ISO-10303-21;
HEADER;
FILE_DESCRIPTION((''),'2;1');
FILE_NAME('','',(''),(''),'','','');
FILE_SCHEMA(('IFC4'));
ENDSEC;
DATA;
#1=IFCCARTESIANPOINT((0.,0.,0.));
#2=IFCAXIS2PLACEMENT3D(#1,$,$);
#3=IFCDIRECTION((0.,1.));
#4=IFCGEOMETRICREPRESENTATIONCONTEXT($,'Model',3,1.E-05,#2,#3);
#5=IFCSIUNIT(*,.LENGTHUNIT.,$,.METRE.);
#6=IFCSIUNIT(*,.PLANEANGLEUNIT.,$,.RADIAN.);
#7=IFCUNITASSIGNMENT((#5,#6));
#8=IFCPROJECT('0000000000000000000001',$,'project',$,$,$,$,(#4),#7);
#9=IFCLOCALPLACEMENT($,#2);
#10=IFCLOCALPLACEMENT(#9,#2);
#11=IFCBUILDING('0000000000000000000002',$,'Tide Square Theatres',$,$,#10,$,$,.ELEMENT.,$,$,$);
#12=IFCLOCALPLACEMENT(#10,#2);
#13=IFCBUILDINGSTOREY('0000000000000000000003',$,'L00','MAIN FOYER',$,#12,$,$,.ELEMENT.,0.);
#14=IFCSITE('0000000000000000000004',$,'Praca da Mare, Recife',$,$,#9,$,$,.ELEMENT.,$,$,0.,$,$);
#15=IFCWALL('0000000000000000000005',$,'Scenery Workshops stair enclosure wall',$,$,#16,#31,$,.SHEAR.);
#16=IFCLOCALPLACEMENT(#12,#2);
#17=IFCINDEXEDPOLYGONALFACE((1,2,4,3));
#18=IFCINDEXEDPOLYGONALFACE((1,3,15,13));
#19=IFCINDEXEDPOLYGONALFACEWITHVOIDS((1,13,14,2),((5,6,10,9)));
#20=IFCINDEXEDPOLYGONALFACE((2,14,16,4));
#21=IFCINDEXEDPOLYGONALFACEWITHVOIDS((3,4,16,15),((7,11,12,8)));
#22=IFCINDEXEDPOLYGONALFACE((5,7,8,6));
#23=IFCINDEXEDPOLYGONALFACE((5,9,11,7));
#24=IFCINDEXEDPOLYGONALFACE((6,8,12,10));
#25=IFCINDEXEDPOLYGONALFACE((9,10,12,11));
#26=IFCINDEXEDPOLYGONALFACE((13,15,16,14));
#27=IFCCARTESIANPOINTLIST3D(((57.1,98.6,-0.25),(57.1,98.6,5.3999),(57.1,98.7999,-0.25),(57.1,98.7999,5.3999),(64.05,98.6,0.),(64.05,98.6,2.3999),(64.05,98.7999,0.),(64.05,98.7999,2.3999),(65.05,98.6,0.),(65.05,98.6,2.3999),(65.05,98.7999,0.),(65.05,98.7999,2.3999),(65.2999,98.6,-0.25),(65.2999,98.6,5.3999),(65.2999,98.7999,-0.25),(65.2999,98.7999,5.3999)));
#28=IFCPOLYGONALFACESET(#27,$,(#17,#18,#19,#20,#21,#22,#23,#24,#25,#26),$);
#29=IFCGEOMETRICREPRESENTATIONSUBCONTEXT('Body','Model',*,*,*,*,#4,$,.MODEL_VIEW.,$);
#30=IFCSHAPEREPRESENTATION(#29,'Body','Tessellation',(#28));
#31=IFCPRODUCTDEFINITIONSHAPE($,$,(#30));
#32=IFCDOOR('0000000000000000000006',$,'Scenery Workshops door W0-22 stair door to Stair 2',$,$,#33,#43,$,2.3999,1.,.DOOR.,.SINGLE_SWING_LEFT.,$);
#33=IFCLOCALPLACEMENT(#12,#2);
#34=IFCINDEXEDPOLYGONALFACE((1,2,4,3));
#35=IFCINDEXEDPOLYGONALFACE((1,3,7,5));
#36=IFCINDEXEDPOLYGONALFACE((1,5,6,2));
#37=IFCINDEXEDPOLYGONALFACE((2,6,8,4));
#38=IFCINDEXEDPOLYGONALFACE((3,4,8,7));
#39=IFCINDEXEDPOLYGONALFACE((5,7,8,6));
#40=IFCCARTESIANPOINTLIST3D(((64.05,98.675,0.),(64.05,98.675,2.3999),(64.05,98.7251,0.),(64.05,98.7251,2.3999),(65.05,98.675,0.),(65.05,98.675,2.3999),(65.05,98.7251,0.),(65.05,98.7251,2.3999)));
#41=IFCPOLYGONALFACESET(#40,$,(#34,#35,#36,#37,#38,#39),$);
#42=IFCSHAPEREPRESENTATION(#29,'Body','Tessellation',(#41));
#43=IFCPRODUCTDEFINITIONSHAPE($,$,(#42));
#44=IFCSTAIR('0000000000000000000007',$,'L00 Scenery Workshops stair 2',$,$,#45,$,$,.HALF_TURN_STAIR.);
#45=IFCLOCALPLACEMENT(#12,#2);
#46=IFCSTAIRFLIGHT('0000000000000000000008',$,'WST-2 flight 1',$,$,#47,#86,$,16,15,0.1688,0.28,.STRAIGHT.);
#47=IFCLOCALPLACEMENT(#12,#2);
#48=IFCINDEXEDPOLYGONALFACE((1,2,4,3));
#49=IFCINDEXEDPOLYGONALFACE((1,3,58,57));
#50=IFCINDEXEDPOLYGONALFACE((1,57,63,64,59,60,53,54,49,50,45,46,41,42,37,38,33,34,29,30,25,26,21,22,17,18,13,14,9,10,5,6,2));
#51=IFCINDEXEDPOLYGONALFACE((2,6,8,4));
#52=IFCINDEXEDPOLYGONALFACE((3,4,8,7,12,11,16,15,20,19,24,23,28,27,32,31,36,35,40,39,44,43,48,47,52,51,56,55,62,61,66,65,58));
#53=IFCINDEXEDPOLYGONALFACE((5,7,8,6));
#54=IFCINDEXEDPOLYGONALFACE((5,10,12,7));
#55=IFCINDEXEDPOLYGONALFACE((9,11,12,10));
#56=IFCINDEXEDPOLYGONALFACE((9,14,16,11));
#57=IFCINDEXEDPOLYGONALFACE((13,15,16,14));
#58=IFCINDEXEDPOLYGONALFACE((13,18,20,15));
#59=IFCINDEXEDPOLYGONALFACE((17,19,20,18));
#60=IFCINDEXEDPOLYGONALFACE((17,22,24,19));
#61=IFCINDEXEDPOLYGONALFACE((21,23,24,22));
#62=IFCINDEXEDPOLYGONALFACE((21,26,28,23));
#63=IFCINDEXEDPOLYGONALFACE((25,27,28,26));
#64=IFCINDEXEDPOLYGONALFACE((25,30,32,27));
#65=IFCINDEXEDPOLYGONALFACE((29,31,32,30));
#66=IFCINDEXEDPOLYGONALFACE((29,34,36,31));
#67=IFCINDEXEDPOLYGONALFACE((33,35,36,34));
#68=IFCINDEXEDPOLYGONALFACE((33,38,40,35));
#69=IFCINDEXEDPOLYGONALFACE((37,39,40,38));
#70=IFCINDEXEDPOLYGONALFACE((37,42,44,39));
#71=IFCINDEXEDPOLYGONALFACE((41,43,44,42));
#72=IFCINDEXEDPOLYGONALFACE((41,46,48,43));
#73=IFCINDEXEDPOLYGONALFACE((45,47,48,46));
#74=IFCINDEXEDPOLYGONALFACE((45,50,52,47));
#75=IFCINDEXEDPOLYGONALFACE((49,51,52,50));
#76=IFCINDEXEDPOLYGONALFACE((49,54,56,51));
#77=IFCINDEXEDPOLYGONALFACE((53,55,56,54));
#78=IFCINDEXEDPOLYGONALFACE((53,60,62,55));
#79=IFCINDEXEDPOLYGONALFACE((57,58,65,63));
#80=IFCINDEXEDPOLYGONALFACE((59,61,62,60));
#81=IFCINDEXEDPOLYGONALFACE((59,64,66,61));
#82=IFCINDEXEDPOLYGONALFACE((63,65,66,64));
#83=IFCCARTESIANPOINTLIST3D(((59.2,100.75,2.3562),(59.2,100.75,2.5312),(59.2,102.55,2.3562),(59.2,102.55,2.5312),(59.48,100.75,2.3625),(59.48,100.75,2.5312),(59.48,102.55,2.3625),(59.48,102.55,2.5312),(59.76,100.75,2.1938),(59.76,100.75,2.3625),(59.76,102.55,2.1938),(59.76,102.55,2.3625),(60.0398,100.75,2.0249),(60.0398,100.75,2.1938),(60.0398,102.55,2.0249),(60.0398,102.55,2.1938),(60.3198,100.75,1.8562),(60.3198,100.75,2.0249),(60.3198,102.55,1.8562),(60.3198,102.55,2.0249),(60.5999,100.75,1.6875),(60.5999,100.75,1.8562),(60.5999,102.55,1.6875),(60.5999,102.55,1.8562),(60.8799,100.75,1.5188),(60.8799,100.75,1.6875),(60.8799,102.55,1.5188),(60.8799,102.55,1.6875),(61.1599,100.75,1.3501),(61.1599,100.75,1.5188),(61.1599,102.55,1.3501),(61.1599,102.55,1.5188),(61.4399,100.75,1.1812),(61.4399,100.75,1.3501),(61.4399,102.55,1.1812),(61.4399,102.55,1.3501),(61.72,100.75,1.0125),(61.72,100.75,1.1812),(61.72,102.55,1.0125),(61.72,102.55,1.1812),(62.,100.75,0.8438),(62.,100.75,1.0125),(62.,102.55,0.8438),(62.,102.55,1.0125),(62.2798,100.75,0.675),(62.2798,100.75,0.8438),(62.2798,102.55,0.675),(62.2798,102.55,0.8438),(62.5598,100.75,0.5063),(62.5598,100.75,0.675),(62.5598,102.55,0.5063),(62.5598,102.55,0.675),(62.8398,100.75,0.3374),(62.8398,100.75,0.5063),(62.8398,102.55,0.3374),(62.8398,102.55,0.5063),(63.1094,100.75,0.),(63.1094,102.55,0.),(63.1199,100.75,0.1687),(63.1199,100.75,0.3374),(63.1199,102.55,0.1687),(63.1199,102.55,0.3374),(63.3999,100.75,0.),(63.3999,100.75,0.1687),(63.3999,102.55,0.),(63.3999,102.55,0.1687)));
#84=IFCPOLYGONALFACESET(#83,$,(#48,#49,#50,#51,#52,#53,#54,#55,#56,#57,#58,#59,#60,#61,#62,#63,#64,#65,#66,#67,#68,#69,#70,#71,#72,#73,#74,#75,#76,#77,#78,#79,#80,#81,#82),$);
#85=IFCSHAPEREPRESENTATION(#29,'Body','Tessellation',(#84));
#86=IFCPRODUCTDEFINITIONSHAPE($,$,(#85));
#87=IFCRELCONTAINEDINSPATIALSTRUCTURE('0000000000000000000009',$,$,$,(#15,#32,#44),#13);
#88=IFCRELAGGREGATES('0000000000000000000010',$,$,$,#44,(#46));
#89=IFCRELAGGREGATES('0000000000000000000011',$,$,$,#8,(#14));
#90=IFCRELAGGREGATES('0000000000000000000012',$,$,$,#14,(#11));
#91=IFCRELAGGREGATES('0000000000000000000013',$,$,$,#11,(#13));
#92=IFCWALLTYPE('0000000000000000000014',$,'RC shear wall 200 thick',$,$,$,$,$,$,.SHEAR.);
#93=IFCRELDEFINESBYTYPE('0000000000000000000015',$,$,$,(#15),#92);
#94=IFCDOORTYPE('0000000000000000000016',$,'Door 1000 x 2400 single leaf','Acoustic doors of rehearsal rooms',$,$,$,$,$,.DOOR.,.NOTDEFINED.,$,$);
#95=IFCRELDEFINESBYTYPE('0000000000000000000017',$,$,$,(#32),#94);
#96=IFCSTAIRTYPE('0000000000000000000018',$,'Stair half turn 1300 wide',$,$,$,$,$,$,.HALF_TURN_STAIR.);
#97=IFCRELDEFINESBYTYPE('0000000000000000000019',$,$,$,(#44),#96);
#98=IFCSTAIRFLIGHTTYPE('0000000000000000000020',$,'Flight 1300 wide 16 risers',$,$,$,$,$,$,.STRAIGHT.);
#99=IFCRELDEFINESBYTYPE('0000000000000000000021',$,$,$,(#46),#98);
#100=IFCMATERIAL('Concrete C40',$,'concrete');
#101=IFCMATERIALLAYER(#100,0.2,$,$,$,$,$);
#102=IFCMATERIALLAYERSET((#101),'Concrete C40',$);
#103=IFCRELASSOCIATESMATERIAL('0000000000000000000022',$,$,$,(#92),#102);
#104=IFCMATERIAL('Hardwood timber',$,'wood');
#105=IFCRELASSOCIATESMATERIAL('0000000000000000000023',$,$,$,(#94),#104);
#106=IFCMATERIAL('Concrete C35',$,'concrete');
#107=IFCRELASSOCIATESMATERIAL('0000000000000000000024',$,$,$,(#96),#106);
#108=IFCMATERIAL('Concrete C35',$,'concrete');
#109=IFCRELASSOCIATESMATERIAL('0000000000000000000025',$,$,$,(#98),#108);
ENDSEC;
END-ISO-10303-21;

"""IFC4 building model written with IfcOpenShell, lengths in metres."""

from ifc_helpers import new_model, si_unit, direction, frame, frame_2d, origin, place, context, subcontext, project, spatial, polyline, rectangle, outline, extrude, material, layer, layer_set, type_object, element, fill, aggregate, save


model = new_model("IFC4")

# Units and contexts
model_context = context("Model", 3, precision=1e-05, world=origin(), true_north=direction((0.0, 1.0)))
body_context = subcontext(model_context, "Body", "Model", "MODEL_VIEW")
ifc_project = project(units=[si_unit("LENGTHUNIT", "METRE"), si_unit("PLANEANGLEUNIT", "RADIAN")], contexts=[model_context])

# Site, building, storey
site_placement = place(None, origin())
site = spatial("IfcSite", under=ifc_project, at=site_placement, Name="Praca da Mare, Recife", CompositionType="ELEMENT", RefElevation=0.0)
building_placement = place(site_placement, origin())
building = spatial("IfcBuilding", under=site, at=building_placement, Name="Tide Square Theatres", CompositionType="ELEMENT")
storey_placement = place(building_placement, origin())
storey = spatial("IfcBuildingStorey", under=building, at=storey_placement, Name="L00", Description="MAIN FOYER", CompositionType="ELEMENT", Elevation=0.0)

# Shared definitions
ifc_material_1 = material(Name="Concrete C40", Category="concrete")
ifc_layer_1 = layer(ifc_material_1, 0.2)
ifc_layer_set_1 = layer_set([ifc_layer_1], Name="Concrete C40")
wall_type_1 = type_object("IfcWallType", Name="RC shear wall 200 thick", PredefinedType="SHEAR", material=ifc_layer_set_1)

# Wall, opening, door
wall_1_placement = place(storey_placement, frame((65.3, 98.7, -0.25), z_axis=(0.0, 0.0, 1.0), x_axis=(-1.0, 0.0, 0.0)))
wall_1 = element("IfcWall", 1, at=wall_1_placement, inside=storey, type_object=wall_type_1, Name="Scenery Workshops stair enclosure wall", PredefinedType="SHEAR", context=body_context, shape_type="SweptSolid", body=[
    extrude(rectangle(XDim=8.2, YDim=0.2, at=frame_2d((4.1001, 0.0))), origin(), (0.0, 0.0, 1.0), 5.6499),
])
opening_1_placement = place(wall_1_placement, frame((0.25, 0.0, 0.25)))
opening_1 = element("IfcOpeningElement", 2, at=opening_1_placement, cuts=wall_1, PredefinedType="OPENING", context=body_context, shape_type="SweptSolid", body=[
    extrude(rectangle(XDim=1.0, YDim=2.3999, at=frame_2d((0.5, 1.2))), frame((0.0, 0.1099, 0.0), z_axis=(0.0, -1.0, 0.0), x_axis=(1.0, 0.0, 0.0)), (0.0, 0.0, 1.0), 0.22),
])
ifc_material_2 = material(Name="Hardwood timber", Category="wood")
door_type = type_object("IfcDoorType", Name="Door 1000 x 2400 single leaf", Description="Acoustic doors of rehearsal rooms", OperationType="NOTDEFINED", PredefinedType="DOOR", material=ifc_material_2)
door_placement = place(opening_1_placement, origin())
door = element("IfcDoor", 3, at=door_placement, inside=storey, type_object=door_type, Name="Scenery Workshops door W0-22 stair door to Stair 2", OperationType="SINGLE_SWING_LEFT", OverallHeight=2.3999, OverallWidth=1.0, PredefinedType="DOOR", context=body_context, shape_type="SweptSolid", body=[
    extrude(rectangle(XDim=1.0, YDim=2.3999, at=frame_2d((0.5, 1.2))), frame((0.0, 0.0249, 0.0), z_axis=(0.0, -1.0, 0.0), x_axis=(1.0, 0.0, 0.0)), (0.0, 0.0, 1.0), 0.05),
])
fill(opening_1, door)

# Stair, stair flight
ifc_material_3 = material(Name="Concrete C35", Category="concrete")
stair_type = type_object("IfcStairType", Name="Stair half turn 1300 wide", PredefinedType="HALF_TURN_STAIR", material=ifc_material_3)
stair_placement = place(storey_placement, origin())
stair = element("IfcStair", 4, at=stair_placement, inside=storey, type_object=stair_type, Name="L00 Scenery Workshops stair 2", PredefinedType="HALF_TURN_STAIR")
ifc_material_4 = material(Name="Concrete C35", Category="concrete")
stair_flight_type = type_object("IfcStairFlightType", Name="Flight 1300 wide 16 risers", PredefinedType="STRAIGHT", material=ifc_material_4)
stair_flight_placement = place(storey_placement, frame((63.3999, 101.6499, 0.0), z_axis=(0.0, 0.0, 1.0), x_axis=(-1.0, 0.0, 0.0)))
stair_flight = element("IfcStairFlight", 5, at=stair_flight_placement, type_object=stair_flight_type, Name="WST-2 flight 1", NumberOfRisers=16, NumberOfTreads=15, PredefinedType="STRAIGHT", RiserHeight=0.1688, TreadLength=0.28, context=body_context, shape_type="SweptSolid", body=[
    extrude(outline(polyline([(0.0, 0.0), (0.0, 0.1687), (0.28, 0.1687), (0.28, 0.3374), (0.5601, 0.3374), (0.5601, 0.5063), (0.8401, 0.5063), (0.8401, 0.675), (1.1201, 0.675), (1.1201, 0.8438), (1.3999, 0.8438), (1.3999, 1.0125), (1.6799, 1.0125), (1.6799, 1.1812), (1.96, 1.1812), (1.96, 1.3501), (2.24, 1.3501), (2.24, 1.5188), (2.52, 1.5188), (2.52, 1.6875), (2.8, 1.6875), (2.8, 1.8562), (3.0801, 1.8562), (3.0801, 2.0249), (3.3601, 2.0249), (3.3601, 2.1938), (3.6399, 2.1938), (3.6399, 2.3625), (3.9199, 2.3625), (3.9199, 2.5312), (4.2, 2.5312), (4.2, 2.7), (4.2, 2.3562), (0.2905, 0.0), (0.0, 0.0)])), frame((0.0, 0.8999, 0.0), z_axis=(0.0, -1.0, 0.0), x_axis=(1.0, 0.0, 0.0)), (0.0, 0.0, 1.0), 1.8),
])
aggregate(stair, [stair_flight])

save(model, "model.ifc")
